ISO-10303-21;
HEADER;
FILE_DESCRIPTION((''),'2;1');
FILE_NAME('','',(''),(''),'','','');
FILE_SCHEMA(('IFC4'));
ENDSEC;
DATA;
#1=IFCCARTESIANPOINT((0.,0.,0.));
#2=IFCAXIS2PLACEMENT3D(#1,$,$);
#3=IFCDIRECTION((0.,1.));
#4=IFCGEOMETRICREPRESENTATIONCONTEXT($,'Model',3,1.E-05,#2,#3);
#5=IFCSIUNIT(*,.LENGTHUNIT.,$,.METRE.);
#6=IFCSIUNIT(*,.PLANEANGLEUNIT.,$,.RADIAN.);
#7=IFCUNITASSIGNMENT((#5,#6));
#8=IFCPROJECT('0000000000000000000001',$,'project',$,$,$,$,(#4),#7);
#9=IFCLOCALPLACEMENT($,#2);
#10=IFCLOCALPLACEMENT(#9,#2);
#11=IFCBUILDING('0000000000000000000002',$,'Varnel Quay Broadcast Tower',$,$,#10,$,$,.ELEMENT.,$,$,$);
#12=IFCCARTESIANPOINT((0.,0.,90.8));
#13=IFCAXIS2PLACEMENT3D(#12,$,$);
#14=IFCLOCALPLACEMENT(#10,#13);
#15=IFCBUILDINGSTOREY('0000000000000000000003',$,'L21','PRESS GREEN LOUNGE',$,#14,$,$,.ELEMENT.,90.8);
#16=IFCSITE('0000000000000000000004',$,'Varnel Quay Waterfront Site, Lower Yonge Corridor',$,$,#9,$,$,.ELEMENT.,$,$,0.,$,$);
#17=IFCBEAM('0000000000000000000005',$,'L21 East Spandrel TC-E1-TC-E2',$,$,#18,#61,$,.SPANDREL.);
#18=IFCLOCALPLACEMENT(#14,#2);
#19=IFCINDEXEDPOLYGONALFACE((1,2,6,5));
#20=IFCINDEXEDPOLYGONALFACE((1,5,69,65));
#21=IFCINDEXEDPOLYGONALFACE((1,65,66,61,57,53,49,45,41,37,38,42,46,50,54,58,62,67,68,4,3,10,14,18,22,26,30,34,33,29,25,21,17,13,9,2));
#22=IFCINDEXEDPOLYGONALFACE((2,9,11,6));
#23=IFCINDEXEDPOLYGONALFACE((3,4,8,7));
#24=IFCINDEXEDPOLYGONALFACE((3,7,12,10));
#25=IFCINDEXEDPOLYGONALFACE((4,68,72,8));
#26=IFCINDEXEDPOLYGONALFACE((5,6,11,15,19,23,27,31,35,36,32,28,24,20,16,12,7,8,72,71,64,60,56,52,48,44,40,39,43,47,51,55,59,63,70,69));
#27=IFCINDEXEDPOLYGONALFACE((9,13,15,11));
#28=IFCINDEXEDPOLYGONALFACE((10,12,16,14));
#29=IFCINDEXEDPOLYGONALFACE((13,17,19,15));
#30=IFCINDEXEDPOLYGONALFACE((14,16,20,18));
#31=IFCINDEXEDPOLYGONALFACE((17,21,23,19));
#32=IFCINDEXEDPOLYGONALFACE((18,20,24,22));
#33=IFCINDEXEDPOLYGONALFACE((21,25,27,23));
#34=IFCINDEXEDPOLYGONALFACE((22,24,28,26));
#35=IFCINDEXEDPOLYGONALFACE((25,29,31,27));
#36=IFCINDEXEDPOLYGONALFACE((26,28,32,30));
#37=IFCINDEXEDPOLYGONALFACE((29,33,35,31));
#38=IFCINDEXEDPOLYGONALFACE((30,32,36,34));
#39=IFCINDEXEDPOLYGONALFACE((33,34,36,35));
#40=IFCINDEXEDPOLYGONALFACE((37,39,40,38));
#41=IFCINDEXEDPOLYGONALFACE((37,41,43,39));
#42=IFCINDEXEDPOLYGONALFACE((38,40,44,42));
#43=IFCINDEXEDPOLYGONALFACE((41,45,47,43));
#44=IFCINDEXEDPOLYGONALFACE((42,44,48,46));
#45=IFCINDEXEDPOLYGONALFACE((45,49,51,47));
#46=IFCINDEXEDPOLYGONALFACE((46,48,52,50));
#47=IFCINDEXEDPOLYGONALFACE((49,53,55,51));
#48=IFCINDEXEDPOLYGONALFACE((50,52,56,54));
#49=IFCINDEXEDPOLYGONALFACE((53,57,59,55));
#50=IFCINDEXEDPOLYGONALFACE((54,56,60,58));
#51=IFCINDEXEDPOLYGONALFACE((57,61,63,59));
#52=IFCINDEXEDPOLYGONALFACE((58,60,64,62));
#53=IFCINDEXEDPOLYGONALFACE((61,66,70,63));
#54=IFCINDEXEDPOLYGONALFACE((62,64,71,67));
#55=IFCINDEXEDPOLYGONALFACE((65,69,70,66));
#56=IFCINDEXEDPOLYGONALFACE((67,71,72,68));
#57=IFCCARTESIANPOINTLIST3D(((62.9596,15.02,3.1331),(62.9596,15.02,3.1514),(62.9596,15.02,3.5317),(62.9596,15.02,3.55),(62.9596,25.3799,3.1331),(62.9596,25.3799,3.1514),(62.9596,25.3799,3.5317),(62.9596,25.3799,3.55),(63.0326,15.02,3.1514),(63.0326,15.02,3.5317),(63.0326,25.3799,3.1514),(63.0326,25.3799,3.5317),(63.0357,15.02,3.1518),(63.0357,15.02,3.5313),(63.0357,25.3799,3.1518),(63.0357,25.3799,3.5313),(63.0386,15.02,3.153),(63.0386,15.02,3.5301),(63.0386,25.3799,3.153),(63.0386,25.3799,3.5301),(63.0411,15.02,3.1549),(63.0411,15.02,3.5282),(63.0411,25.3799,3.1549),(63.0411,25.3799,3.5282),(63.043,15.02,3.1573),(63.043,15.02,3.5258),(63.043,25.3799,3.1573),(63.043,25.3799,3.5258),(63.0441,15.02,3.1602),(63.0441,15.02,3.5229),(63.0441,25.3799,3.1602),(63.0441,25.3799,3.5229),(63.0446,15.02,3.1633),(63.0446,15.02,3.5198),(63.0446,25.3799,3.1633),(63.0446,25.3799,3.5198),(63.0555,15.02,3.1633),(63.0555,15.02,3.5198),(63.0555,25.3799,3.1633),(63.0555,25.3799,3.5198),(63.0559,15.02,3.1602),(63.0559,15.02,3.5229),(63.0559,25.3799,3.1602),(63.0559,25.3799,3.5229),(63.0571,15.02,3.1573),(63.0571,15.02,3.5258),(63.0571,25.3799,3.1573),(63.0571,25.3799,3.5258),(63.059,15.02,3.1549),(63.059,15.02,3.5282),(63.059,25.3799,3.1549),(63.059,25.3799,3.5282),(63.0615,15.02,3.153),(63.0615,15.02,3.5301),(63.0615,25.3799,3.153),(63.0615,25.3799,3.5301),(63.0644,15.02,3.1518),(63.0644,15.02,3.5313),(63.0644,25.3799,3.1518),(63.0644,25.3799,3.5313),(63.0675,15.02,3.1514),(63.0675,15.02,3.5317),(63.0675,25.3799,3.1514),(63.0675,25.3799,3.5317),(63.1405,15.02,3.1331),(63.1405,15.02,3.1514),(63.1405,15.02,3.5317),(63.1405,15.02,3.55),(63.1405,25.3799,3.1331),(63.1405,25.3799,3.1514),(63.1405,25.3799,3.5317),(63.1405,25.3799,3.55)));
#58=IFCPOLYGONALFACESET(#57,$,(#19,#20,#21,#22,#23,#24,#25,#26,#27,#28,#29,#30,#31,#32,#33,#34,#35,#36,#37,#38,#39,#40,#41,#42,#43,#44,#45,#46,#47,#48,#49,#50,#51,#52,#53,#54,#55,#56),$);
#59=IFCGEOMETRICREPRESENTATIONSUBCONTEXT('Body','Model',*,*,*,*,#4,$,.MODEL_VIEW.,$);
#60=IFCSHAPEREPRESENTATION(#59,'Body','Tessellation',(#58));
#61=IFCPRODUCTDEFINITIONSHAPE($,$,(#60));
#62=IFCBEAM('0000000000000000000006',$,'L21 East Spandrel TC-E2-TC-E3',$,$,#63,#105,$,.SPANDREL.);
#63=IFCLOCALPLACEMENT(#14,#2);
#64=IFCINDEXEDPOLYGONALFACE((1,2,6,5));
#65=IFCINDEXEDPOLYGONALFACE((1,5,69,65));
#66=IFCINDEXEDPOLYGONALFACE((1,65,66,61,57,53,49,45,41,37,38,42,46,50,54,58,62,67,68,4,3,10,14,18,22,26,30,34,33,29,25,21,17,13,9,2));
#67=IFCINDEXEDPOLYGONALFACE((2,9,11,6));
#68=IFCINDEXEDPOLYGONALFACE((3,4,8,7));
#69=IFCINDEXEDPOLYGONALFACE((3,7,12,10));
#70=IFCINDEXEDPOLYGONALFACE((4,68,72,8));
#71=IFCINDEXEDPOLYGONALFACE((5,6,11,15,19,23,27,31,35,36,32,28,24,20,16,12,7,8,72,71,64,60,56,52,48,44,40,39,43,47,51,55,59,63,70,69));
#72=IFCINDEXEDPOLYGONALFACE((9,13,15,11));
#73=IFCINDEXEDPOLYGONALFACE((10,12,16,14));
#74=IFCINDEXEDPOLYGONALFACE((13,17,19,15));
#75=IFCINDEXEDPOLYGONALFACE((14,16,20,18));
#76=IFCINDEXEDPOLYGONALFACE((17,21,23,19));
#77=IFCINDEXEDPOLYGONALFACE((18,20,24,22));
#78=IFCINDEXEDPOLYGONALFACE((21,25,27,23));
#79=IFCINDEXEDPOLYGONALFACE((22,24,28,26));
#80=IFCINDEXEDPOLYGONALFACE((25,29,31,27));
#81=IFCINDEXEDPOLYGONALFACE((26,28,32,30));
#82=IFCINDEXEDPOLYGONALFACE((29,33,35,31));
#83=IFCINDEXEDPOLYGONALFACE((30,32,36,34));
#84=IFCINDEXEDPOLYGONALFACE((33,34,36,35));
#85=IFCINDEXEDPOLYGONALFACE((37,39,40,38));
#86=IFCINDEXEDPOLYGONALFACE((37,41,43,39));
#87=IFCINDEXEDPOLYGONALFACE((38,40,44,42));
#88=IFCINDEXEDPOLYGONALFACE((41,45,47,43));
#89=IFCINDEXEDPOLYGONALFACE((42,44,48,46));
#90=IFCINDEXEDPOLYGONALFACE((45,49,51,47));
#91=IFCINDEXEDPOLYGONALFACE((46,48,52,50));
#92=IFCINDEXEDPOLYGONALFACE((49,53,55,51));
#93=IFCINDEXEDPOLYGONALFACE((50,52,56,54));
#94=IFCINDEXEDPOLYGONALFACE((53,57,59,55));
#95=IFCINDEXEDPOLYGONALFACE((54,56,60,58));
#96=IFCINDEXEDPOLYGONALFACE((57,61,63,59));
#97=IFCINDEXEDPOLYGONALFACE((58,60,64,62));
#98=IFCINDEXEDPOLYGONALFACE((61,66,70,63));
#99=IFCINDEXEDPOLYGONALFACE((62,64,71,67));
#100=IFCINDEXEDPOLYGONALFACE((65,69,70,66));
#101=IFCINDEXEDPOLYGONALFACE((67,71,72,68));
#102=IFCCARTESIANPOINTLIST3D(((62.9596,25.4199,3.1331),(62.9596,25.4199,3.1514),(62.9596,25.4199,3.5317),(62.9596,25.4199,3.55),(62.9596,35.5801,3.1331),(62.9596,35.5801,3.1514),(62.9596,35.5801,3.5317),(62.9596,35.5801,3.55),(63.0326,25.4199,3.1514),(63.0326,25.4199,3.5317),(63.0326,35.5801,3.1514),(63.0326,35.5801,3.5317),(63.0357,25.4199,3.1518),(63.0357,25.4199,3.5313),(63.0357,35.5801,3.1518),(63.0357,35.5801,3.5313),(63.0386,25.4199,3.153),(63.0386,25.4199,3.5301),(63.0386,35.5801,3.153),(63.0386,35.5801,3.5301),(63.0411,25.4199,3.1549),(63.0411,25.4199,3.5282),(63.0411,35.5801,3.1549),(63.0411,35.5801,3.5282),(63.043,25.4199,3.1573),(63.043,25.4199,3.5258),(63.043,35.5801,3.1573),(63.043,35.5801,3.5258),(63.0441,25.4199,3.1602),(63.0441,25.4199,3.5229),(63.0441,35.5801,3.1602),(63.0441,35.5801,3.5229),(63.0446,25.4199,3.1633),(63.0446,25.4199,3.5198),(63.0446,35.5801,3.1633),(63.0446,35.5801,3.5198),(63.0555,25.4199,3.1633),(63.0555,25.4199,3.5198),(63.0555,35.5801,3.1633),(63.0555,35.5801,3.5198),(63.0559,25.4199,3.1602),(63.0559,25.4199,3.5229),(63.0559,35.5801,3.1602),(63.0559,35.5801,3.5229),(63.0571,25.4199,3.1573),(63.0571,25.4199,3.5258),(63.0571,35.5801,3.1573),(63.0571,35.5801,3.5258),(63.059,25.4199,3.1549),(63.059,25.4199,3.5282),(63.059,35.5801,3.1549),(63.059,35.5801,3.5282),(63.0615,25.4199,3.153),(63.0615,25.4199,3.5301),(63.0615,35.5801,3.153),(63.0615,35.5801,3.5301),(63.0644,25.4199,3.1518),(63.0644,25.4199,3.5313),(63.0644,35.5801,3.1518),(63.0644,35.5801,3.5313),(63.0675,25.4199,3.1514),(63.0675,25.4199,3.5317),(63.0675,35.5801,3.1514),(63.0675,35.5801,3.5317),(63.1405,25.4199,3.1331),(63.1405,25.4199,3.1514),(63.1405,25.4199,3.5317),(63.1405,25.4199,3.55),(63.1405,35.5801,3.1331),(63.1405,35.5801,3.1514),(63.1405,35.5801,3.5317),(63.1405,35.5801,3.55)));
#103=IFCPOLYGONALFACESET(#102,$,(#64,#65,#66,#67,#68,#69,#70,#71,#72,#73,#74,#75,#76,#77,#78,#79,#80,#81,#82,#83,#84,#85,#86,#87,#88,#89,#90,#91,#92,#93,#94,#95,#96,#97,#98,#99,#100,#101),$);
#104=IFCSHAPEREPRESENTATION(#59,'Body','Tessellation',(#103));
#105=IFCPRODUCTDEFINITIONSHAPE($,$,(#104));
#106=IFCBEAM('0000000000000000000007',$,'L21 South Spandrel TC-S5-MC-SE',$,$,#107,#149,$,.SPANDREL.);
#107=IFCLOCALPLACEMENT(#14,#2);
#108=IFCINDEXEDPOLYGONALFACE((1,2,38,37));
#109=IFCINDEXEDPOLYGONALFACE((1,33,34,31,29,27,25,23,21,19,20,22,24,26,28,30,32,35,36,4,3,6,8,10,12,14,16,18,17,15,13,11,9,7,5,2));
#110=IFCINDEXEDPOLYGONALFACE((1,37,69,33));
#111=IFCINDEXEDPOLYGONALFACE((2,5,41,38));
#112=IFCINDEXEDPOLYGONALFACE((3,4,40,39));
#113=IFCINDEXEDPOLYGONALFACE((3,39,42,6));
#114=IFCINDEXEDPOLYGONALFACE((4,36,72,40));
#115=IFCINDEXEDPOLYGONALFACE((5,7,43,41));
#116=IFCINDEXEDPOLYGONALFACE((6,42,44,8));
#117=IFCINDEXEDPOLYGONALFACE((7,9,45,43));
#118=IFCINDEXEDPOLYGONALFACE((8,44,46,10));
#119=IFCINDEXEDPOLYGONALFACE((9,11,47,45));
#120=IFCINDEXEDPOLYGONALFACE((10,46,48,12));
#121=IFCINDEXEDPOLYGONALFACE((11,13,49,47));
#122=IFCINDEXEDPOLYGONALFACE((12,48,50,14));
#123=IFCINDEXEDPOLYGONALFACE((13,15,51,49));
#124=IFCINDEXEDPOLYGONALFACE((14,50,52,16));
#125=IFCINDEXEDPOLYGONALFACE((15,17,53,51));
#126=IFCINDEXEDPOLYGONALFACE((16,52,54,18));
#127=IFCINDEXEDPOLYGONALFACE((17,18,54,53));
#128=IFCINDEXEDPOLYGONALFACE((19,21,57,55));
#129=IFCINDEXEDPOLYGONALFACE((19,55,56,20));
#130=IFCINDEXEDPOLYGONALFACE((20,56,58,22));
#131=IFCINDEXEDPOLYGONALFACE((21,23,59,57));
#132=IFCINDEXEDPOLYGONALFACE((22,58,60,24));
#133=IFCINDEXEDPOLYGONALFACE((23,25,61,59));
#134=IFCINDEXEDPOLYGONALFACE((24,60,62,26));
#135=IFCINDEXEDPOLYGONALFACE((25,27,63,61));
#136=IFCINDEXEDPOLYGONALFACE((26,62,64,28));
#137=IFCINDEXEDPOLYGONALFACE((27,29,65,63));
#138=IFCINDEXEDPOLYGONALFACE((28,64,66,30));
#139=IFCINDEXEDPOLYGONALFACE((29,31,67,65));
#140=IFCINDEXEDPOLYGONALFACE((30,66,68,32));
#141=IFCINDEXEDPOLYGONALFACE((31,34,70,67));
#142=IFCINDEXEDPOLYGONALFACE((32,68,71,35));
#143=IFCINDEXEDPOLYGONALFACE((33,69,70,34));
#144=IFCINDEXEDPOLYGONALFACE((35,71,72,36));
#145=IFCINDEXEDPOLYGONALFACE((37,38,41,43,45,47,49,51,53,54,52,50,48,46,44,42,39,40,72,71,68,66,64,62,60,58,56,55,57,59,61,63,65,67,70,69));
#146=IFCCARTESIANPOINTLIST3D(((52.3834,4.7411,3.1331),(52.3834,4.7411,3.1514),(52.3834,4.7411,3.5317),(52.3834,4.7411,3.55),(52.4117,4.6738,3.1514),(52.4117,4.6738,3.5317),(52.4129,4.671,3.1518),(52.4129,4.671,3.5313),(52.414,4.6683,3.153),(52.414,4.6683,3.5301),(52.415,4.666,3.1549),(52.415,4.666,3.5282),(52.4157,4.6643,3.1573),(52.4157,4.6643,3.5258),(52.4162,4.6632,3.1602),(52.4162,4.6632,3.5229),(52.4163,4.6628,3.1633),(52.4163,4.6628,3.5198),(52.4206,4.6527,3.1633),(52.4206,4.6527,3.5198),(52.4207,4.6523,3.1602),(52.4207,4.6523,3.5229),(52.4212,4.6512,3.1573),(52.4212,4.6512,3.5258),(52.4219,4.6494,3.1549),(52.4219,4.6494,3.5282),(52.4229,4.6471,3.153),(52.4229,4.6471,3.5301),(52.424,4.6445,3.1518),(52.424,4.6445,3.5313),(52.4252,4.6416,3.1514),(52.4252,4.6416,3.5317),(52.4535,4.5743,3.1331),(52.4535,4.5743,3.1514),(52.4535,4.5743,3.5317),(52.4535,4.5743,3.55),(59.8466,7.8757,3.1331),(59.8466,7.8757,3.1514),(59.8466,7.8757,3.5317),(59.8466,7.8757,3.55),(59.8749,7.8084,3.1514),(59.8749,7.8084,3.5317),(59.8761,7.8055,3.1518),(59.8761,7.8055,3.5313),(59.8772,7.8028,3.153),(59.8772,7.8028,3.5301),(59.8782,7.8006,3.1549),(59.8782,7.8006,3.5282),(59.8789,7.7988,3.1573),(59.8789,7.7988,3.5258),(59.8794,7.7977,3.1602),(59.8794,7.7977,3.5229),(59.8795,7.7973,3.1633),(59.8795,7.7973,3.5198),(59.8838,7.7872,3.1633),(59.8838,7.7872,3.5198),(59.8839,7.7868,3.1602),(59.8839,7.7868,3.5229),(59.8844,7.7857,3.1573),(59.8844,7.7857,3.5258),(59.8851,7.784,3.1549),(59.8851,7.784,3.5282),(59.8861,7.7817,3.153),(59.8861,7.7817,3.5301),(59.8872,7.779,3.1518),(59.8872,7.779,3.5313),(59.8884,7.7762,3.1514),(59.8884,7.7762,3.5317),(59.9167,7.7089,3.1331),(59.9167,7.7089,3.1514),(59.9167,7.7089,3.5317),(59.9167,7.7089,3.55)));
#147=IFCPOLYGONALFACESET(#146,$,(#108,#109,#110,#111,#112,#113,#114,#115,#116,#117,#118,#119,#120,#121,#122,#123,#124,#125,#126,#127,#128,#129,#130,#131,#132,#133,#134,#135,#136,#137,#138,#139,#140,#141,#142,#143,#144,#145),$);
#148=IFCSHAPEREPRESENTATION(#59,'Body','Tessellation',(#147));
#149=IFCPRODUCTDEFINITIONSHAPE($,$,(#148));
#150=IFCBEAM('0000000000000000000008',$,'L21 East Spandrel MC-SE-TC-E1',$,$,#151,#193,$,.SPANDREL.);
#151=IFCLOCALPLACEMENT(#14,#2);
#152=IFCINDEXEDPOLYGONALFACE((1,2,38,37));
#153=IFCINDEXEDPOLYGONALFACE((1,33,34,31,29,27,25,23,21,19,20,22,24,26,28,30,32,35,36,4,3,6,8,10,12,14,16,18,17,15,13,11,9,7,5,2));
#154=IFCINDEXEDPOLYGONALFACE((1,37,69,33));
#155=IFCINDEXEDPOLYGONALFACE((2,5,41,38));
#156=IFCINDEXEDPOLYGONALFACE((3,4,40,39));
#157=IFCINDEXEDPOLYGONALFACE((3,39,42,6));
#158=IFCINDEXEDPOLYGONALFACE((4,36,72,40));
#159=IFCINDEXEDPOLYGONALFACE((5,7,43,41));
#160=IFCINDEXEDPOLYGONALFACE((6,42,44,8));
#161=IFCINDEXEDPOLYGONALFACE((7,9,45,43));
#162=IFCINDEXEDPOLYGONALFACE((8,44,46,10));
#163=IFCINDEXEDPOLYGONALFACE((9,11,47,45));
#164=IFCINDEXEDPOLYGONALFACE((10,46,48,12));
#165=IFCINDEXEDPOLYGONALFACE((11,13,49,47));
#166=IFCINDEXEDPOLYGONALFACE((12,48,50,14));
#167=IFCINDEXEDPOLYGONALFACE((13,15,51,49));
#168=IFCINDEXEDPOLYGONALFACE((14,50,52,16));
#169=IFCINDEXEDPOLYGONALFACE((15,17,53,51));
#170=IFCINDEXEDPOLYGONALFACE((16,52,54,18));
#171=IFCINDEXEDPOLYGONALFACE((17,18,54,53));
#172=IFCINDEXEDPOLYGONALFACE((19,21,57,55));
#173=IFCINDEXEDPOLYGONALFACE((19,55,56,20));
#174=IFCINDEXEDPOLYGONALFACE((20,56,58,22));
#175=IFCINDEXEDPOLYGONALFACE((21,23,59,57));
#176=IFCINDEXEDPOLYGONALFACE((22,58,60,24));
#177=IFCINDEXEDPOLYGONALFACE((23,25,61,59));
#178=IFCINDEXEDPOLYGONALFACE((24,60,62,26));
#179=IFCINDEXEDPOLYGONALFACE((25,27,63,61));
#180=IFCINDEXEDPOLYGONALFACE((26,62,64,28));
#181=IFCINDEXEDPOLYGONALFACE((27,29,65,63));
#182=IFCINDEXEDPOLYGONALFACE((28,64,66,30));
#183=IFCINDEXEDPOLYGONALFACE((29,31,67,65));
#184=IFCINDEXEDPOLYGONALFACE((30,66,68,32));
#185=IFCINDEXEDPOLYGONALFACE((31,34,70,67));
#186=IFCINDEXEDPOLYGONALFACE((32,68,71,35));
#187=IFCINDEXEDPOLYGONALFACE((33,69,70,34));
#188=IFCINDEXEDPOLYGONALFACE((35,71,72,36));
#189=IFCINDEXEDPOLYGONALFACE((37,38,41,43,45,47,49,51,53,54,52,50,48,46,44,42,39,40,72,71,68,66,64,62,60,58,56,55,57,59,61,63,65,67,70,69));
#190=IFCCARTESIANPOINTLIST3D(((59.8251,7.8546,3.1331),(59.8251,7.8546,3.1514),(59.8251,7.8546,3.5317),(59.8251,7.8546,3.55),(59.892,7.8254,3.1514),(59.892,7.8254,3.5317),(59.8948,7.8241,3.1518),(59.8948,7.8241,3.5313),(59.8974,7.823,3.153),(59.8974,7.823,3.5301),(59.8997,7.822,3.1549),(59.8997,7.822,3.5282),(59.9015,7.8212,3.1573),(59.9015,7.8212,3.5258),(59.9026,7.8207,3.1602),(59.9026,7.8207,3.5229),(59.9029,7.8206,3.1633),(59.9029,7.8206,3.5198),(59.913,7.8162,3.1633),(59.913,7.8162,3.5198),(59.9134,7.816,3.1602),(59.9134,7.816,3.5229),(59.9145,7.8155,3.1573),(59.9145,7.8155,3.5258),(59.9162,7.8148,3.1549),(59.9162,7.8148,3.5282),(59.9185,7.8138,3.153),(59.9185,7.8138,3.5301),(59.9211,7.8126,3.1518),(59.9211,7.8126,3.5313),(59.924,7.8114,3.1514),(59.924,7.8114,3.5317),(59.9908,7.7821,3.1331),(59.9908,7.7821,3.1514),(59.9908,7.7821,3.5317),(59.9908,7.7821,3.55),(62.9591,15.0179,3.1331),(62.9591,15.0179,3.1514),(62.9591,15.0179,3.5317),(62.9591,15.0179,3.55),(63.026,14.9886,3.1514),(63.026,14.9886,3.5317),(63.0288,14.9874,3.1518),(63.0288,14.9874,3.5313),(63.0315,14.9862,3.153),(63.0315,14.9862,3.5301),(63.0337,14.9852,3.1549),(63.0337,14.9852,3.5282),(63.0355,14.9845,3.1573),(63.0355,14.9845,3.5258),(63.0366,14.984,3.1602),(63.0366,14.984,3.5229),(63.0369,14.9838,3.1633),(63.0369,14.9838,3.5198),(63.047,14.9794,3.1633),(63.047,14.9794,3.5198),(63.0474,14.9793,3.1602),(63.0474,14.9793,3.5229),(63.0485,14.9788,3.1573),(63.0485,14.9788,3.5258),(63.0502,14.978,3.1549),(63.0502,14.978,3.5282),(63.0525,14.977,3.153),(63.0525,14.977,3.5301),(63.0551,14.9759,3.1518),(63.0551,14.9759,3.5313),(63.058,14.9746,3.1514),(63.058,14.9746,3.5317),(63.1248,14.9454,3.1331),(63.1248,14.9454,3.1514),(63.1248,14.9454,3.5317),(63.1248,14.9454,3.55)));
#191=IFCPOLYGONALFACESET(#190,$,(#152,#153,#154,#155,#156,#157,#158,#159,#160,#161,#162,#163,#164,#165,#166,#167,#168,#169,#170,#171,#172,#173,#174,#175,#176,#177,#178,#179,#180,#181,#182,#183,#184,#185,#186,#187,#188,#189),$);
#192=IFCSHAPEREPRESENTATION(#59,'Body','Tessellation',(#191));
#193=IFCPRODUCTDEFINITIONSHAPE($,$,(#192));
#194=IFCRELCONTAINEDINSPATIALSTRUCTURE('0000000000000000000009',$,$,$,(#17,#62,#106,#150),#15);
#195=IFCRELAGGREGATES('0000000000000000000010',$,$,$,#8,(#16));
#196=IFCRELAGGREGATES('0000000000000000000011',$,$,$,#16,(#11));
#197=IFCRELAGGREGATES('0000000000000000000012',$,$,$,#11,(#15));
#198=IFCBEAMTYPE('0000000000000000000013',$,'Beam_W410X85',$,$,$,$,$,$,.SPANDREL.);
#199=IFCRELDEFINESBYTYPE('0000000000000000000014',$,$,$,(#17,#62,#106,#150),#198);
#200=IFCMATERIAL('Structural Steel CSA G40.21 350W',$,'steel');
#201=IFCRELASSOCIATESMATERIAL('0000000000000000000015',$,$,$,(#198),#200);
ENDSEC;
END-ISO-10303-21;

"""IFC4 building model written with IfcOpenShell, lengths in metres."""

from ifc_helpers import new_model, si_unit, direction, frame, origin, origin_2d, place, context, subcontext, project, spatial, i_section, extrude, source, transform, mapped, material, material_profile, profile_set, type_object, type_shapes, element, save


model = new_model("IFC4")

# Units and contexts
model_context = context("Model", 3, precision=1e-05, world=origin(), true_north=direction((0.0, 1.0)))
body_context = subcontext(model_context, "Body", "Model", "MODEL_VIEW")
ifc_project = project(units=[si_unit("LENGTHUNIT", "METRE"), si_unit("PLANEANGLEUNIT", "RADIAN")], contexts=[model_context])

# Site, building, storey
site_placement = place(None, origin())
site = spatial("IfcSite", under=ifc_project, at=site_placement, Name="Varnel Quay Waterfront Site, Lower Yonge Corridor", CompositionType="ELEMENT", RefElevation=0.0)
building_placement = place(site_placement, origin())
building = spatial("IfcBuilding", under=site, at=building_placement, Name="Varnel Quay Broadcast Tower", CompositionType="ELEMENT")
storey_placement = place(building_placement, frame((0.0, 0.0, 90.8)))
storey = spatial("IfcBuildingStorey", under=building, at=storey_placement, Name="L21", Description="PRESS GREEN LOUNGE", CompositionType="ELEMENT", Elevation=90.8)

# Shared definitions
ifc_material_1 = material(Name="Structural Steel CSA G40.21 350W", Category="steel")

# Beams
ifc_material_profile_1 = material_profile(ifc_material_1, i_section(OverallWidth=0.1809, OverallDepth=0.417, WebThickness=0.011, FlangeThickness=0.0183, FilletRadius=0.012, at=origin_2d()), Name="W410X85")
ifc_profile_set_1 = profile_set([ifc_material_profile_1], Name="Structural Steel CSA G40.21 350W")
beam_type = type_object("IfcBeamType", Name="Beam_W410X85", PredefinedType="SPANDREL", material=ifc_profile_set_1)
shared_shape_1 = source(origin(), body_context, "Body", "SweptSolid", [
    extrude(i_section(OverallWidth=0.1809, OverallDepth=0.417, WebThickness=0.011, FlangeThickness=0.0183, FilletRadius=0.012, at=origin_2d()), origin(), (0.0, 0.0, 1.0), 10.3599),
])
beam_1_placement = place(storey_placement, frame((63.05, 15.02, 3.3416), z_axis=(0.0, 1.0, 0.0), x_axis=(-1.0, 0.0, 0.0)))
element("IfcBeam", 1, at=beam_1_placement, inside=storey, type_object=beam_type, Name="L21 East Spandrel TC-E1-TC-E2", PredefinedType="SPANDREL", context=body_context, shape_type="MappedRepresentation", body=[
    mapped(shared_shape_1, transform((0.0, 0.0, 0.0), x_axis=(1.0, 0.0, 0.0), y_axis=(0.0, 1.0, 0.0), z_axis=(0.0, 0.0, 1.0), scale=1.0)),
])
shared_shape_2 = source(origin(), body_context, "Body", "SweptSolid", [
    extrude(i_section(OverallWidth=0.1809, OverallDepth=0.417, WebThickness=0.011, FlangeThickness=0.0183, FilletRadius=0.012, at=origin_2d()), origin(), (0.0, 0.0, 1.0), 10.1602),
])
beam_2_placement = place(storey_placement, frame((63.05, 25.4199, 3.3416), z_axis=(0.0, 1.0, 0.0), x_axis=(-1.0, 0.0, 0.0)))
element("IfcBeam", 2, at=beam_2_placement, inside=storey, type_object=beam_type, Name="L21 East Spandrel TC-E2-TC-E3", PredefinedType="SPANDREL", context=body_context, shape_type="MappedRepresentation", body=[
    mapped(shared_shape_2, transform((0.0, 0.0, 0.0), x_axis=(1.0, 0.0, 0.0), y_axis=(0.0, 1.0, 0.0), z_axis=(0.0, 0.0, 1.0), scale=1.0)),
])
shared_shape_3 = source(origin(), body_context, "Body", "SweptSolid", [
    extrude(i_section(OverallWidth=0.1809, OverallDepth=0.417, WebThickness=0.011, FlangeThickness=0.0183, FilletRadius=0.012, at=origin_2d()), origin(), (0.0, 0.0, 1.0), 8.0947),
])
beam_3_placement = place(storey_placement, frame((52.4185, 4.6577, 3.3416), z_axis=(0.921982, 0.387233, 0.0), x_axis=(-0.387233, 0.921982, 0.0)))
element("IfcBeam", 3, at=beam_3_placement, inside=storey, type_object=beam_type, Name="L21 South Spandrel TC-S5-MC-SE", PredefinedType="SPANDREL", context=body_context, shape_type="MappedRepresentation", body=[
    mapped(shared_shape_3, transform((0.0, 0.0, 0.0), x_axis=(1.0, 0.0, 0.0), y_axis=(0.0, 1.0, 0.0), z_axis=(0.0, 0.0, 1.0), scale=1.0)),
])
shared_shape_4 = source(origin(), body_context, "Body", "SweptSolid", [
    extrude(i_section(OverallWidth=0.1809, OverallDepth=0.417, WebThickness=0.011, FlangeThickness=0.0183, FilletRadius=0.012, at=origin_2d()), origin(), (0.0, 0.0, 1.0), 7.8188),
])
type_shapes(beam_type, [shared_shape_1, shared_shape_2, shared_shape_3, shared_shape_4])
beam_4_placement = place(storey_placement, frame((59.908, 7.8184, 3.3416), z_axis=(0.400827, 0.916154, 0.0), x_axis=(-0.916154, 0.400827, 0.0)))
element("IfcBeam", 4, at=beam_4_placement, inside=storey, type_object=beam_type, Name="L21 East Spandrel MC-SE-TC-E1", PredefinedType="SPANDREL", context=body_context, shape_type="MappedRepresentation", body=[
    mapped(shared_shape_4, transform((0.0, 0.0, 0.0), x_axis=(1.0, 0.0, 0.0), y_axis=(0.0, 1.0, 0.0), z_axis=(0.0, 0.0, 1.0), scale=1.0)),
])

save(model, "model.ifc")
